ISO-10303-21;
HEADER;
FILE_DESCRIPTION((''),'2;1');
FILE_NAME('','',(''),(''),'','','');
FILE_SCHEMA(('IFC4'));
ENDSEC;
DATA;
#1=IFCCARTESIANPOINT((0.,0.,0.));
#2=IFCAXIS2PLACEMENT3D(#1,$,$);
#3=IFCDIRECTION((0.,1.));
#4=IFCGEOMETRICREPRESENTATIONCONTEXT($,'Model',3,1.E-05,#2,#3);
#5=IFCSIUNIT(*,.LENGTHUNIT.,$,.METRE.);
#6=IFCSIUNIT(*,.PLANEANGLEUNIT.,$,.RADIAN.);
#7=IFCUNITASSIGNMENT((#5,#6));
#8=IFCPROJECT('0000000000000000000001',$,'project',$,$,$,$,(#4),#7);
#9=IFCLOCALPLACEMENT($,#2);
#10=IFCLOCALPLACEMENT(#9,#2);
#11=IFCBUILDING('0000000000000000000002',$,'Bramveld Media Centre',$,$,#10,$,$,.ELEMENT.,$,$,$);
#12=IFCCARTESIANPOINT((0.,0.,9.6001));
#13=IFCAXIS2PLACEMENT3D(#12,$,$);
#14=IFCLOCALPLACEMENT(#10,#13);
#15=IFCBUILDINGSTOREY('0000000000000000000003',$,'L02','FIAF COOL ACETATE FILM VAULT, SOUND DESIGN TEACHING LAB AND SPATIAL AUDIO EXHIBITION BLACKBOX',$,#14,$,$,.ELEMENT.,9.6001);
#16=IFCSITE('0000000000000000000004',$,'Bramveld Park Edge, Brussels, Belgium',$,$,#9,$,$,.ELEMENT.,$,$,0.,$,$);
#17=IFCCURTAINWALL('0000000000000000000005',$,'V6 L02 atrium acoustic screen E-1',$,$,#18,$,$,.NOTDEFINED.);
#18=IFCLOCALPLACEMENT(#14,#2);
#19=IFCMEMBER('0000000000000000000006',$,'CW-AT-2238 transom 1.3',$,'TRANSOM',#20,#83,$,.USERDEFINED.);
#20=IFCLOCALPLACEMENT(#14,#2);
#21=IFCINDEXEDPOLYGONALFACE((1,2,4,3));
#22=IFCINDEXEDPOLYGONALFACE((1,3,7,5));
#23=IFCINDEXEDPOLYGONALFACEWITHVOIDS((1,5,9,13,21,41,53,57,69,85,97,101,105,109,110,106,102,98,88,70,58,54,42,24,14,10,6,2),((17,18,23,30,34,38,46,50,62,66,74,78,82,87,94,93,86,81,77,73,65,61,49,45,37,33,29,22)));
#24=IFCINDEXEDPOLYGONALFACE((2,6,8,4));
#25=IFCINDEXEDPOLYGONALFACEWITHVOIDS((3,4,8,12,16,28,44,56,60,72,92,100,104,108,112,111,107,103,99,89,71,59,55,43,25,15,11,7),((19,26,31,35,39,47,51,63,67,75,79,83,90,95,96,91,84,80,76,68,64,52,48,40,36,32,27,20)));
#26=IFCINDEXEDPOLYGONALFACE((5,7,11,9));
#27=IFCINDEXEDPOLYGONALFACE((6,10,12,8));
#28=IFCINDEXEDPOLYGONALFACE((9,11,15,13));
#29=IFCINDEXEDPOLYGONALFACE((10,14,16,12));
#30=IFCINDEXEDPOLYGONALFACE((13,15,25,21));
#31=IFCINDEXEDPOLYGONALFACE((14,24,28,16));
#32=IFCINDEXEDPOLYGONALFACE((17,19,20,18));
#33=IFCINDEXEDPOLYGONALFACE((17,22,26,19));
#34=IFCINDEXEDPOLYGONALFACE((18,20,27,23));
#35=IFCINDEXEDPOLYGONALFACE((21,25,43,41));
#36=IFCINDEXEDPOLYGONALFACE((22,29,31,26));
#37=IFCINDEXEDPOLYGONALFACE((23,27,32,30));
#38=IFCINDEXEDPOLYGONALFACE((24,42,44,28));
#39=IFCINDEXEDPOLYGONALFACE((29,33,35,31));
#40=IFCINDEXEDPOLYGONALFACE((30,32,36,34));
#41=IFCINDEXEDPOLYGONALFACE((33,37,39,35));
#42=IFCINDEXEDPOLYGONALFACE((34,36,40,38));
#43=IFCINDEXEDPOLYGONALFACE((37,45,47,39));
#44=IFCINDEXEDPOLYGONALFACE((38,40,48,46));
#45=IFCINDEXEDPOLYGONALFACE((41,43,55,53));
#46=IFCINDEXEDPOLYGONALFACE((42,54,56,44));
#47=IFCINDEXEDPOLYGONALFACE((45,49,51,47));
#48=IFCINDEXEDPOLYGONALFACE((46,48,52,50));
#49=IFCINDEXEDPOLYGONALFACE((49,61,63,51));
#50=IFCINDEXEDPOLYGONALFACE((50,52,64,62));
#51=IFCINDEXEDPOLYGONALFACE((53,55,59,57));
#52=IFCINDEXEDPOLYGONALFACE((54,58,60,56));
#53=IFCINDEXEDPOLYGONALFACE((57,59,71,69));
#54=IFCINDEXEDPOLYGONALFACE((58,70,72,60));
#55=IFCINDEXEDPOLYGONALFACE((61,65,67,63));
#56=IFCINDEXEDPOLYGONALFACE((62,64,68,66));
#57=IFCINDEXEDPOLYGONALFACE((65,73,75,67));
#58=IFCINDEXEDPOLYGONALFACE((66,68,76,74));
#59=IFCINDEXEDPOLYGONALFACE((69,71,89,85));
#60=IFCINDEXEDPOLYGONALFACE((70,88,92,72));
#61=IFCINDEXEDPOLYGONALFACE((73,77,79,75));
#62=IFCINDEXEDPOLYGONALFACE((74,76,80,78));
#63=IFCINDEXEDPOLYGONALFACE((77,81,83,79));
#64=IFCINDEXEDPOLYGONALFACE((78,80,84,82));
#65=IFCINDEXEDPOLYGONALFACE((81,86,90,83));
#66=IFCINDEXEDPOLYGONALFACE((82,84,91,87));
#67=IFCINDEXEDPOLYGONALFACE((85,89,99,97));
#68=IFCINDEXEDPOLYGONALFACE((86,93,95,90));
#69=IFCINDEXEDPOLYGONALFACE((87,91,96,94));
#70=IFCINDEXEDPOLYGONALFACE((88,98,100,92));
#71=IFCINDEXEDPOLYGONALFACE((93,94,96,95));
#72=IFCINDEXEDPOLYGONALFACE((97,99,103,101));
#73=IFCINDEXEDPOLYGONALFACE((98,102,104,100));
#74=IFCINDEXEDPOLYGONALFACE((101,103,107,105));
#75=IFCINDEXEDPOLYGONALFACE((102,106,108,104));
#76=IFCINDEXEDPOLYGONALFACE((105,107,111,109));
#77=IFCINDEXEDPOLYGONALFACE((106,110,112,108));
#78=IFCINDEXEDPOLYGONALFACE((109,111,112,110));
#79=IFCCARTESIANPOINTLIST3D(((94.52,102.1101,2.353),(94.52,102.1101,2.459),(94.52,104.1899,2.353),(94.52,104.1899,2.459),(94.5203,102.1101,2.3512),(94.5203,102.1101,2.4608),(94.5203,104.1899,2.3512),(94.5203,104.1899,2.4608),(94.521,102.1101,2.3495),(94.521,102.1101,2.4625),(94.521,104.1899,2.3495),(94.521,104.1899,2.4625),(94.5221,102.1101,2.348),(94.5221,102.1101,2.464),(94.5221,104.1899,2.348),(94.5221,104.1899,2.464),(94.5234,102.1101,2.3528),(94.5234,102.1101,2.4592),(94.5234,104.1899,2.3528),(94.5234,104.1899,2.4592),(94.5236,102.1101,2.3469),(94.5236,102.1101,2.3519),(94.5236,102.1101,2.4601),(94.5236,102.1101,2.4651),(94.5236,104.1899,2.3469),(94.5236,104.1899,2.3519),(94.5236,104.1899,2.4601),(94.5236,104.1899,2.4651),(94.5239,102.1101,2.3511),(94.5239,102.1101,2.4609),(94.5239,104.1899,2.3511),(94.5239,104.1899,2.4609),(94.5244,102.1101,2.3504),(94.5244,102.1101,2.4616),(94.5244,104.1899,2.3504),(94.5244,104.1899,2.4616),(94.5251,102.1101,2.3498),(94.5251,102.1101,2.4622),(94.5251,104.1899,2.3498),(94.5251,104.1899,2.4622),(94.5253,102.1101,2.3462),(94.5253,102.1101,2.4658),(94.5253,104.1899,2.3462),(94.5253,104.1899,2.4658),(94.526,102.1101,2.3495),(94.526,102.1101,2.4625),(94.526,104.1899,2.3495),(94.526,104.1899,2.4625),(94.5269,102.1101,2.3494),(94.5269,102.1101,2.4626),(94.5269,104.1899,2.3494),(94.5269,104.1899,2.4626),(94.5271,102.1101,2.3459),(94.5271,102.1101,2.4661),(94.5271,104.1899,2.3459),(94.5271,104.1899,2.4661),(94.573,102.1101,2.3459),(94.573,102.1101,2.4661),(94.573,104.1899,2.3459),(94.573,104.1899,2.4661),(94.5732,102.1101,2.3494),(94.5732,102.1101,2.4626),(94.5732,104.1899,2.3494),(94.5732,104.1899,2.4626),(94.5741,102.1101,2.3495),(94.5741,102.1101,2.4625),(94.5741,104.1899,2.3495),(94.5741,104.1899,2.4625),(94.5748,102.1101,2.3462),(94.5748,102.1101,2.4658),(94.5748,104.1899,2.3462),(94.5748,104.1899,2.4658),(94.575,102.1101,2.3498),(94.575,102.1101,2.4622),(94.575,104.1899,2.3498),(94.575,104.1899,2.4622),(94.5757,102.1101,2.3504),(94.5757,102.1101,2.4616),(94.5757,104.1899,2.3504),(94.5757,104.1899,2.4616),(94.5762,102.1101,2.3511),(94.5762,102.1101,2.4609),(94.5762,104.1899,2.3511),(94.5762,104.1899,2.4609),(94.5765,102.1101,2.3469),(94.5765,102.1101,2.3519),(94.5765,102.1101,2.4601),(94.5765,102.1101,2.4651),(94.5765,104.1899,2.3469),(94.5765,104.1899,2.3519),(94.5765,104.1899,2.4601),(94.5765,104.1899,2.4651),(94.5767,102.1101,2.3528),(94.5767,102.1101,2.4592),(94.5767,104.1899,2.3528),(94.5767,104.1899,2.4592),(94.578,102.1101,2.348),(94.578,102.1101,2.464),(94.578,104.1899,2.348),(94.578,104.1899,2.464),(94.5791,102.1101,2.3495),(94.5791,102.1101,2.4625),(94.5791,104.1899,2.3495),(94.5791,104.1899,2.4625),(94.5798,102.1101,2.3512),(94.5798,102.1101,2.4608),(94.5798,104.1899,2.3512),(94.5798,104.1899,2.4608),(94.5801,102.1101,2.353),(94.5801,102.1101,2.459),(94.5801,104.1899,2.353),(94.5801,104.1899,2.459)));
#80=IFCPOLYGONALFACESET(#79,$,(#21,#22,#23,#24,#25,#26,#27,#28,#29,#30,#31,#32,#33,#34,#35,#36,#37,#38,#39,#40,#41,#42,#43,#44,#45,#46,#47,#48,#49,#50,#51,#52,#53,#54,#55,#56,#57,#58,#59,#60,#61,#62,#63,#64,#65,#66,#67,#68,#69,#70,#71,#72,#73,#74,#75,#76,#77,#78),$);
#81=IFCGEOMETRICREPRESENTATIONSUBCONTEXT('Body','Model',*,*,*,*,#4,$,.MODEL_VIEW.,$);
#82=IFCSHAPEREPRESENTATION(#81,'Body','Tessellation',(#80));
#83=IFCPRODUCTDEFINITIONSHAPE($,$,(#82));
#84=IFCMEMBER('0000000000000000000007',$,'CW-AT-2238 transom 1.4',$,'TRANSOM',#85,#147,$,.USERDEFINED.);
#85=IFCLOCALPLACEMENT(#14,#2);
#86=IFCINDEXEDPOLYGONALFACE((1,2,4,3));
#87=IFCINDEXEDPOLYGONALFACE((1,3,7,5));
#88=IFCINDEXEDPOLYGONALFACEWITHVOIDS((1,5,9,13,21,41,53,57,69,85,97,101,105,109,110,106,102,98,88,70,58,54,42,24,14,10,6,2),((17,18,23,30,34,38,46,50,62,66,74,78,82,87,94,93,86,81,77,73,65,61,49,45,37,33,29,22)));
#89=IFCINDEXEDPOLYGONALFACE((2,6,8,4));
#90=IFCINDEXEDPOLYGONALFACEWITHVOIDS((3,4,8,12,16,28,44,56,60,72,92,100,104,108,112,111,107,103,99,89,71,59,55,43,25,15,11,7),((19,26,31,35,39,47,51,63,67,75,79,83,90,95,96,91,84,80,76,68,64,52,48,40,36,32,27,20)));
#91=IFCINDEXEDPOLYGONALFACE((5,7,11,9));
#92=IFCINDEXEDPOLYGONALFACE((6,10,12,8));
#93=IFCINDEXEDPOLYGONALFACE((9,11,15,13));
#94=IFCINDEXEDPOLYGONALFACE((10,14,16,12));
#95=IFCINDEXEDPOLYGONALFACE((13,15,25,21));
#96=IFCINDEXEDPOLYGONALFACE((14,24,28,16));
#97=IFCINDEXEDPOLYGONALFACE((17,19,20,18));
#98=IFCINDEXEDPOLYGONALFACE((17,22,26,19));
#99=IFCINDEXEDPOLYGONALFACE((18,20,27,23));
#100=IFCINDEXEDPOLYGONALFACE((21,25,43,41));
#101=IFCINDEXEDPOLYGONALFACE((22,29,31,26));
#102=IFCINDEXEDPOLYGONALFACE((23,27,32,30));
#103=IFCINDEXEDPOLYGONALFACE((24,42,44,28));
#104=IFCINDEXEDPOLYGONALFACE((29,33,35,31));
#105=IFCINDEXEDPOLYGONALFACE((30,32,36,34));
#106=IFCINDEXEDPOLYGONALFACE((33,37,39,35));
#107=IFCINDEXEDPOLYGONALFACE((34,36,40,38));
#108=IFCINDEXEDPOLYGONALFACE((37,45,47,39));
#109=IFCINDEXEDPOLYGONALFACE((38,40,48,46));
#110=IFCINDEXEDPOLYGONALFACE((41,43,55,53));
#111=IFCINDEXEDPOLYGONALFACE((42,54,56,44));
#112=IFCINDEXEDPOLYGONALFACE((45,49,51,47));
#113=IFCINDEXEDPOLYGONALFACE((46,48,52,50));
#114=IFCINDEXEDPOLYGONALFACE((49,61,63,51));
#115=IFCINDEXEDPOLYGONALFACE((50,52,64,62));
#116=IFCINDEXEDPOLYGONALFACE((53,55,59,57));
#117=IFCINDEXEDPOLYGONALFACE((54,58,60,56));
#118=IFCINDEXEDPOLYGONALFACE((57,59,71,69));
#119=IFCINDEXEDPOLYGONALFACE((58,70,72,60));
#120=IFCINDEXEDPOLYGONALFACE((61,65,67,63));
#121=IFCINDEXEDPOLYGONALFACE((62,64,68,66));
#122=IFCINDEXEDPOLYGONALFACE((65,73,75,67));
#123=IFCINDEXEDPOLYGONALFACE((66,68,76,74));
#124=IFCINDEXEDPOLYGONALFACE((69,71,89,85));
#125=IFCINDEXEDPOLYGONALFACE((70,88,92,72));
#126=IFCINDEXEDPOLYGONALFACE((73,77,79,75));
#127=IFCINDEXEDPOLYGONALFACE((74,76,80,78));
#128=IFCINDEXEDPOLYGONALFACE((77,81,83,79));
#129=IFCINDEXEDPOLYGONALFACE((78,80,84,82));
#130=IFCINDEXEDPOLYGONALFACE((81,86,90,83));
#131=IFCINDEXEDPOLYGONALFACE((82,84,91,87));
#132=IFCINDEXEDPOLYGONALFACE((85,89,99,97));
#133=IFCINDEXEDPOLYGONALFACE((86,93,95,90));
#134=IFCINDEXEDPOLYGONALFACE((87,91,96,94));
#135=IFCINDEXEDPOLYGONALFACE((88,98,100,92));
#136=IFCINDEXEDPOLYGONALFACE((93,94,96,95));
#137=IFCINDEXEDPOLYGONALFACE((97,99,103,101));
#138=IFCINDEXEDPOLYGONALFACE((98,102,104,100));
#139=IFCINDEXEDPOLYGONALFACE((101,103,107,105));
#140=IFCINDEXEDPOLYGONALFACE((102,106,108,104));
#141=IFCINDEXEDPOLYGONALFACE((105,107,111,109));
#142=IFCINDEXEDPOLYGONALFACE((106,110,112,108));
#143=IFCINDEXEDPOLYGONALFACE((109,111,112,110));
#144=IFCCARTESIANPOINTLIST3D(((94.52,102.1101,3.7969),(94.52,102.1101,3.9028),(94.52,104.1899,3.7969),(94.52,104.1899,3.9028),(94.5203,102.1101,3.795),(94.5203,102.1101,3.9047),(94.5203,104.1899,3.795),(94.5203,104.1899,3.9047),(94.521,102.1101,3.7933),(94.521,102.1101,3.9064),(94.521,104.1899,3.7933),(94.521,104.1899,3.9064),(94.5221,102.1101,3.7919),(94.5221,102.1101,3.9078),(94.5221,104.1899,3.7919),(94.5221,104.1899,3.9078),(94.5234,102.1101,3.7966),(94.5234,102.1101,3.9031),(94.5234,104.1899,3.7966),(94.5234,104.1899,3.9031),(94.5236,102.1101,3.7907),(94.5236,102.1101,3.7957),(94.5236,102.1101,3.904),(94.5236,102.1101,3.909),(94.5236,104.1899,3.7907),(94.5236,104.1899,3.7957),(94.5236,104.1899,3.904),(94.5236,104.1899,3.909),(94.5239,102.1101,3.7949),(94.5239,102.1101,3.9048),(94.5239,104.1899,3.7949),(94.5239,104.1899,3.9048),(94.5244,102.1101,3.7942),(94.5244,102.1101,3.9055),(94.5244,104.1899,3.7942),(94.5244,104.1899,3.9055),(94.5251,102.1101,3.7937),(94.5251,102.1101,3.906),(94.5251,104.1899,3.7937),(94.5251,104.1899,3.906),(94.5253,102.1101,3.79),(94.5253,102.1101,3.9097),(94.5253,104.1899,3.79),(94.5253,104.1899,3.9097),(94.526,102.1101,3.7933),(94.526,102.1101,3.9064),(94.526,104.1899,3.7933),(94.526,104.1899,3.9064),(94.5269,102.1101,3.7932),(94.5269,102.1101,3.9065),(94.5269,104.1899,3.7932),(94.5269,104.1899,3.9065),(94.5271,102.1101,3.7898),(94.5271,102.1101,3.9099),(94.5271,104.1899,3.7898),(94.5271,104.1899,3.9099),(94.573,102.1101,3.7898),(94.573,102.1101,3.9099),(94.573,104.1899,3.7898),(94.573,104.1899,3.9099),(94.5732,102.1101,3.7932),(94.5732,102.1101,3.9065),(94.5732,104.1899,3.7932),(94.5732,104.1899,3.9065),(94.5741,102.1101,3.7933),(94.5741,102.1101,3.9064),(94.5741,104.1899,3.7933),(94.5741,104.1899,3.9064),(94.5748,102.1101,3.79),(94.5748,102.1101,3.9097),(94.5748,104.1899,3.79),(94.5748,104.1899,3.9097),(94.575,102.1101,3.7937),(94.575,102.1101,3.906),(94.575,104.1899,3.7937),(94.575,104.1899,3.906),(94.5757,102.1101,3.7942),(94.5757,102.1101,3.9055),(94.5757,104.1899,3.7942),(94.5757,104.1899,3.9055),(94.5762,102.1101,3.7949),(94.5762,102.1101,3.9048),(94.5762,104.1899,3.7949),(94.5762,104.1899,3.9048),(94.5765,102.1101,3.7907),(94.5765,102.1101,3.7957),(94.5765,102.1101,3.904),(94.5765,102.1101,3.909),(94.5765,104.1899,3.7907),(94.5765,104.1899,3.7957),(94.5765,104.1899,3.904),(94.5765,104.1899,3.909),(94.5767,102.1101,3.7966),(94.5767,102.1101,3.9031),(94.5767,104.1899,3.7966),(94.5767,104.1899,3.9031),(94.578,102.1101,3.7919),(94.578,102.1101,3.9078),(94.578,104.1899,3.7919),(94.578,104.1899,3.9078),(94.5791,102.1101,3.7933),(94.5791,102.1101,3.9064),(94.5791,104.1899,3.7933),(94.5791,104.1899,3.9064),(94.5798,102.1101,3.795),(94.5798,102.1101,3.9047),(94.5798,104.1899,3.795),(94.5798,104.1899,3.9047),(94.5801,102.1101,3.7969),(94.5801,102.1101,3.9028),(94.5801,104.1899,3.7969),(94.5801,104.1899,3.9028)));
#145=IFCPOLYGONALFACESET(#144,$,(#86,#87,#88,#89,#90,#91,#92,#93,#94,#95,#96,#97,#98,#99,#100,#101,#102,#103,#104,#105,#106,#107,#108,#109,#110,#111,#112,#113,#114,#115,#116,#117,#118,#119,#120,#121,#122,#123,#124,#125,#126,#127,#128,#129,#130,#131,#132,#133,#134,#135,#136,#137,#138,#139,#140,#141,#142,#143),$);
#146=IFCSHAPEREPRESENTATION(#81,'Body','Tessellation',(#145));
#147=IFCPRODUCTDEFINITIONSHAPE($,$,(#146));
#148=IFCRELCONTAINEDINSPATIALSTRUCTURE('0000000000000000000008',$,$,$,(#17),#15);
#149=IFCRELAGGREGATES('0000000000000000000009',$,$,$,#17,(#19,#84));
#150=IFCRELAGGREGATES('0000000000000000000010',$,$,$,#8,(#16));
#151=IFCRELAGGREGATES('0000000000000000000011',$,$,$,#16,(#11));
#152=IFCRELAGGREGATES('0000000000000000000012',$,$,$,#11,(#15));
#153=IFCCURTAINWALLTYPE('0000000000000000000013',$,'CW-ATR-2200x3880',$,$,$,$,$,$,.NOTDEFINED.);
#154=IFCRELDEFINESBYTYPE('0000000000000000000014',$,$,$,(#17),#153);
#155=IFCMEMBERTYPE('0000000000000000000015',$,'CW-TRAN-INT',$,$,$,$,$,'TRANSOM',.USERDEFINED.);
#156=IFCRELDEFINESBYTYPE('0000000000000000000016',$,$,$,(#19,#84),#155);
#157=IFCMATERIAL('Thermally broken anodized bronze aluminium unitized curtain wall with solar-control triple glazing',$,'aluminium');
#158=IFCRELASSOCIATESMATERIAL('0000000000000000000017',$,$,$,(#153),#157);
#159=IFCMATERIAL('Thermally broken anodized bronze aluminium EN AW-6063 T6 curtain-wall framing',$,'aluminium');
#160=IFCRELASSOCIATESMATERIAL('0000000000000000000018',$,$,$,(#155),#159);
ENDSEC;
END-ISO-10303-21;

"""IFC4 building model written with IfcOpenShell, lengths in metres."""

from ifc_helpers import new_model, si_unit, direction, frame, origin, origin_2d, place, context, subcontext, project, spatial, hollow_rectangle, extrude, material, material_profile, profile_set, type_object, element, aggregate, save


model = new_model("IFC4")

# Units and contexts
model_context = context("Model", 3, precision=1e-05, world=origin(), true_north=direction((0.0, 1.0)))
body_context = subcontext(model_context, "Body", "Model", "MODEL_VIEW")
ifc_project = project(units=[si_unit("LENGTHUNIT", "METRE"), si_unit("PLANEANGLEUNIT", "RADIAN")], contexts=[model_context])

# Site, building, storey
site_placement = place(None, origin())
site = spatial("IfcSite", under=ifc_project, at=site_placement, Name="Bramveld Park Edge, Brussels, Belgium", CompositionType="ELEMENT", RefElevation=0.0)
building_placement = place(site_placement, origin())
building = spatial("IfcBuilding", under=site, at=building_placement, Name="Bramveld Media Centre", CompositionType="ELEMENT")
storey_placement = place(building_placement, frame((0.0, 0.0, 9.6001)))
storey = spatial("IfcBuildingStorey", under=building, at=storey_placement, Name="L02", Description="FIAF COOL ACETATE FILM VAULT, SOUND DESIGN TEACHING LAB AND SPATIAL AUDIO EXHIBITION BLACKBOX", CompositionType="ELEMENT", Elevation=9.6001)

# Curtain wall
ifc_material_1 = material(Name="Thermally broken anodized bronze aluminium unitized curtain wall with solar-control triple glazing", Category="aluminium")
curtain_wall_type_1 = type_object("IfcCurtainWallType", Name="CW-ATR-2200x3880", PredefinedType="NOTDEFINED", material=ifc_material_1)
curtain_wall_1_placement = place(storey_placement, origin())
curtain_wall_1 = element("IfcCurtainWall", 1, at=curtain_wall_1_placement, inside=storey, type_object=curtain_wall_type_1, Name="V6 L02 atrium acoustic screen E-1", PredefinedType="NOTDEFINED")

# Members
ifc_material_2 = material(Name="Thermally broken anodized bronze aluminium EN AW-6063 T6 curtain-wall framing", Category="aluminium")
ifc_material_profile_1 = material_profile(ifc_material_2, hollow_rectangle(XDim=0.0601, YDim=0.1201, WallThickness=0.0034, InnerFilletRadius=0.0034, OuterFilletRadius=0.0071, at=origin_2d()), Name="AL-TRAN 60x120")
ifc_profile_set_1 = profile_set([ifc_material_profile_1], Name="Thermally broken anodized bronze aluminium EN AW-6063 T6 curtain-wall framing")
member_type_1 = type_object("IfcMemberType", Name="CW-TRAN-INT", ElementType="TRANSOM", PredefinedType="USERDEFINED", material=ifc_profile_set_1)
member_1_placement = place(storey_placement, frame((94.55, 102.1101, 2.406), z_axis=(0.0, 1.0, 0.0), x_axis=(-1.0, 0.0, 0.0)))
member_1 = element("IfcMember", 2, at=member_1_placement, type_object=member_type_1, Name="CW-AT-2238 transom 1.3", ObjectType="TRANSOM", PredefinedType="USERDEFINED", context=body_context, shape_type="SweptSolid", body=[
    extrude(hollow_rectangle(XDim=0.0601, YDim=0.1201, WallThickness=0.0034, InnerFilletRadius=0.0034, OuterFilletRadius=0.0071, at=origin_2d()), origin(), (0.0, 0.0, 1.0), 2.0798),
])
member_2_placement = place(storey_placement, frame((94.55, 102.1101, 3.8499), z_axis=(0.0, 1.0, 0.0), x_axis=(-1.0, 0.0, 0.0)))
member_2 = element("IfcMember", 3, at=member_2_placement, type_object=member_type_1, Name="CW-AT-2238 transom 1.4", ObjectType="TRANSOM", PredefinedType="USERDEFINED", context=body_context, shape_type="SweptSolid", body=[
    extrude(hollow_rectangle(XDim=0.0601, YDim=0.1201, WallThickness=0.0034, InnerFilletRadius=0.0034, OuterFilletRadius=0.0071, at=origin_2d()), origin(), (0.0, 0.0, 1.0), 2.0798),
])

aggregate(curtain_wall_1, [member_1, member_2])

save(model, "model.ifc")
